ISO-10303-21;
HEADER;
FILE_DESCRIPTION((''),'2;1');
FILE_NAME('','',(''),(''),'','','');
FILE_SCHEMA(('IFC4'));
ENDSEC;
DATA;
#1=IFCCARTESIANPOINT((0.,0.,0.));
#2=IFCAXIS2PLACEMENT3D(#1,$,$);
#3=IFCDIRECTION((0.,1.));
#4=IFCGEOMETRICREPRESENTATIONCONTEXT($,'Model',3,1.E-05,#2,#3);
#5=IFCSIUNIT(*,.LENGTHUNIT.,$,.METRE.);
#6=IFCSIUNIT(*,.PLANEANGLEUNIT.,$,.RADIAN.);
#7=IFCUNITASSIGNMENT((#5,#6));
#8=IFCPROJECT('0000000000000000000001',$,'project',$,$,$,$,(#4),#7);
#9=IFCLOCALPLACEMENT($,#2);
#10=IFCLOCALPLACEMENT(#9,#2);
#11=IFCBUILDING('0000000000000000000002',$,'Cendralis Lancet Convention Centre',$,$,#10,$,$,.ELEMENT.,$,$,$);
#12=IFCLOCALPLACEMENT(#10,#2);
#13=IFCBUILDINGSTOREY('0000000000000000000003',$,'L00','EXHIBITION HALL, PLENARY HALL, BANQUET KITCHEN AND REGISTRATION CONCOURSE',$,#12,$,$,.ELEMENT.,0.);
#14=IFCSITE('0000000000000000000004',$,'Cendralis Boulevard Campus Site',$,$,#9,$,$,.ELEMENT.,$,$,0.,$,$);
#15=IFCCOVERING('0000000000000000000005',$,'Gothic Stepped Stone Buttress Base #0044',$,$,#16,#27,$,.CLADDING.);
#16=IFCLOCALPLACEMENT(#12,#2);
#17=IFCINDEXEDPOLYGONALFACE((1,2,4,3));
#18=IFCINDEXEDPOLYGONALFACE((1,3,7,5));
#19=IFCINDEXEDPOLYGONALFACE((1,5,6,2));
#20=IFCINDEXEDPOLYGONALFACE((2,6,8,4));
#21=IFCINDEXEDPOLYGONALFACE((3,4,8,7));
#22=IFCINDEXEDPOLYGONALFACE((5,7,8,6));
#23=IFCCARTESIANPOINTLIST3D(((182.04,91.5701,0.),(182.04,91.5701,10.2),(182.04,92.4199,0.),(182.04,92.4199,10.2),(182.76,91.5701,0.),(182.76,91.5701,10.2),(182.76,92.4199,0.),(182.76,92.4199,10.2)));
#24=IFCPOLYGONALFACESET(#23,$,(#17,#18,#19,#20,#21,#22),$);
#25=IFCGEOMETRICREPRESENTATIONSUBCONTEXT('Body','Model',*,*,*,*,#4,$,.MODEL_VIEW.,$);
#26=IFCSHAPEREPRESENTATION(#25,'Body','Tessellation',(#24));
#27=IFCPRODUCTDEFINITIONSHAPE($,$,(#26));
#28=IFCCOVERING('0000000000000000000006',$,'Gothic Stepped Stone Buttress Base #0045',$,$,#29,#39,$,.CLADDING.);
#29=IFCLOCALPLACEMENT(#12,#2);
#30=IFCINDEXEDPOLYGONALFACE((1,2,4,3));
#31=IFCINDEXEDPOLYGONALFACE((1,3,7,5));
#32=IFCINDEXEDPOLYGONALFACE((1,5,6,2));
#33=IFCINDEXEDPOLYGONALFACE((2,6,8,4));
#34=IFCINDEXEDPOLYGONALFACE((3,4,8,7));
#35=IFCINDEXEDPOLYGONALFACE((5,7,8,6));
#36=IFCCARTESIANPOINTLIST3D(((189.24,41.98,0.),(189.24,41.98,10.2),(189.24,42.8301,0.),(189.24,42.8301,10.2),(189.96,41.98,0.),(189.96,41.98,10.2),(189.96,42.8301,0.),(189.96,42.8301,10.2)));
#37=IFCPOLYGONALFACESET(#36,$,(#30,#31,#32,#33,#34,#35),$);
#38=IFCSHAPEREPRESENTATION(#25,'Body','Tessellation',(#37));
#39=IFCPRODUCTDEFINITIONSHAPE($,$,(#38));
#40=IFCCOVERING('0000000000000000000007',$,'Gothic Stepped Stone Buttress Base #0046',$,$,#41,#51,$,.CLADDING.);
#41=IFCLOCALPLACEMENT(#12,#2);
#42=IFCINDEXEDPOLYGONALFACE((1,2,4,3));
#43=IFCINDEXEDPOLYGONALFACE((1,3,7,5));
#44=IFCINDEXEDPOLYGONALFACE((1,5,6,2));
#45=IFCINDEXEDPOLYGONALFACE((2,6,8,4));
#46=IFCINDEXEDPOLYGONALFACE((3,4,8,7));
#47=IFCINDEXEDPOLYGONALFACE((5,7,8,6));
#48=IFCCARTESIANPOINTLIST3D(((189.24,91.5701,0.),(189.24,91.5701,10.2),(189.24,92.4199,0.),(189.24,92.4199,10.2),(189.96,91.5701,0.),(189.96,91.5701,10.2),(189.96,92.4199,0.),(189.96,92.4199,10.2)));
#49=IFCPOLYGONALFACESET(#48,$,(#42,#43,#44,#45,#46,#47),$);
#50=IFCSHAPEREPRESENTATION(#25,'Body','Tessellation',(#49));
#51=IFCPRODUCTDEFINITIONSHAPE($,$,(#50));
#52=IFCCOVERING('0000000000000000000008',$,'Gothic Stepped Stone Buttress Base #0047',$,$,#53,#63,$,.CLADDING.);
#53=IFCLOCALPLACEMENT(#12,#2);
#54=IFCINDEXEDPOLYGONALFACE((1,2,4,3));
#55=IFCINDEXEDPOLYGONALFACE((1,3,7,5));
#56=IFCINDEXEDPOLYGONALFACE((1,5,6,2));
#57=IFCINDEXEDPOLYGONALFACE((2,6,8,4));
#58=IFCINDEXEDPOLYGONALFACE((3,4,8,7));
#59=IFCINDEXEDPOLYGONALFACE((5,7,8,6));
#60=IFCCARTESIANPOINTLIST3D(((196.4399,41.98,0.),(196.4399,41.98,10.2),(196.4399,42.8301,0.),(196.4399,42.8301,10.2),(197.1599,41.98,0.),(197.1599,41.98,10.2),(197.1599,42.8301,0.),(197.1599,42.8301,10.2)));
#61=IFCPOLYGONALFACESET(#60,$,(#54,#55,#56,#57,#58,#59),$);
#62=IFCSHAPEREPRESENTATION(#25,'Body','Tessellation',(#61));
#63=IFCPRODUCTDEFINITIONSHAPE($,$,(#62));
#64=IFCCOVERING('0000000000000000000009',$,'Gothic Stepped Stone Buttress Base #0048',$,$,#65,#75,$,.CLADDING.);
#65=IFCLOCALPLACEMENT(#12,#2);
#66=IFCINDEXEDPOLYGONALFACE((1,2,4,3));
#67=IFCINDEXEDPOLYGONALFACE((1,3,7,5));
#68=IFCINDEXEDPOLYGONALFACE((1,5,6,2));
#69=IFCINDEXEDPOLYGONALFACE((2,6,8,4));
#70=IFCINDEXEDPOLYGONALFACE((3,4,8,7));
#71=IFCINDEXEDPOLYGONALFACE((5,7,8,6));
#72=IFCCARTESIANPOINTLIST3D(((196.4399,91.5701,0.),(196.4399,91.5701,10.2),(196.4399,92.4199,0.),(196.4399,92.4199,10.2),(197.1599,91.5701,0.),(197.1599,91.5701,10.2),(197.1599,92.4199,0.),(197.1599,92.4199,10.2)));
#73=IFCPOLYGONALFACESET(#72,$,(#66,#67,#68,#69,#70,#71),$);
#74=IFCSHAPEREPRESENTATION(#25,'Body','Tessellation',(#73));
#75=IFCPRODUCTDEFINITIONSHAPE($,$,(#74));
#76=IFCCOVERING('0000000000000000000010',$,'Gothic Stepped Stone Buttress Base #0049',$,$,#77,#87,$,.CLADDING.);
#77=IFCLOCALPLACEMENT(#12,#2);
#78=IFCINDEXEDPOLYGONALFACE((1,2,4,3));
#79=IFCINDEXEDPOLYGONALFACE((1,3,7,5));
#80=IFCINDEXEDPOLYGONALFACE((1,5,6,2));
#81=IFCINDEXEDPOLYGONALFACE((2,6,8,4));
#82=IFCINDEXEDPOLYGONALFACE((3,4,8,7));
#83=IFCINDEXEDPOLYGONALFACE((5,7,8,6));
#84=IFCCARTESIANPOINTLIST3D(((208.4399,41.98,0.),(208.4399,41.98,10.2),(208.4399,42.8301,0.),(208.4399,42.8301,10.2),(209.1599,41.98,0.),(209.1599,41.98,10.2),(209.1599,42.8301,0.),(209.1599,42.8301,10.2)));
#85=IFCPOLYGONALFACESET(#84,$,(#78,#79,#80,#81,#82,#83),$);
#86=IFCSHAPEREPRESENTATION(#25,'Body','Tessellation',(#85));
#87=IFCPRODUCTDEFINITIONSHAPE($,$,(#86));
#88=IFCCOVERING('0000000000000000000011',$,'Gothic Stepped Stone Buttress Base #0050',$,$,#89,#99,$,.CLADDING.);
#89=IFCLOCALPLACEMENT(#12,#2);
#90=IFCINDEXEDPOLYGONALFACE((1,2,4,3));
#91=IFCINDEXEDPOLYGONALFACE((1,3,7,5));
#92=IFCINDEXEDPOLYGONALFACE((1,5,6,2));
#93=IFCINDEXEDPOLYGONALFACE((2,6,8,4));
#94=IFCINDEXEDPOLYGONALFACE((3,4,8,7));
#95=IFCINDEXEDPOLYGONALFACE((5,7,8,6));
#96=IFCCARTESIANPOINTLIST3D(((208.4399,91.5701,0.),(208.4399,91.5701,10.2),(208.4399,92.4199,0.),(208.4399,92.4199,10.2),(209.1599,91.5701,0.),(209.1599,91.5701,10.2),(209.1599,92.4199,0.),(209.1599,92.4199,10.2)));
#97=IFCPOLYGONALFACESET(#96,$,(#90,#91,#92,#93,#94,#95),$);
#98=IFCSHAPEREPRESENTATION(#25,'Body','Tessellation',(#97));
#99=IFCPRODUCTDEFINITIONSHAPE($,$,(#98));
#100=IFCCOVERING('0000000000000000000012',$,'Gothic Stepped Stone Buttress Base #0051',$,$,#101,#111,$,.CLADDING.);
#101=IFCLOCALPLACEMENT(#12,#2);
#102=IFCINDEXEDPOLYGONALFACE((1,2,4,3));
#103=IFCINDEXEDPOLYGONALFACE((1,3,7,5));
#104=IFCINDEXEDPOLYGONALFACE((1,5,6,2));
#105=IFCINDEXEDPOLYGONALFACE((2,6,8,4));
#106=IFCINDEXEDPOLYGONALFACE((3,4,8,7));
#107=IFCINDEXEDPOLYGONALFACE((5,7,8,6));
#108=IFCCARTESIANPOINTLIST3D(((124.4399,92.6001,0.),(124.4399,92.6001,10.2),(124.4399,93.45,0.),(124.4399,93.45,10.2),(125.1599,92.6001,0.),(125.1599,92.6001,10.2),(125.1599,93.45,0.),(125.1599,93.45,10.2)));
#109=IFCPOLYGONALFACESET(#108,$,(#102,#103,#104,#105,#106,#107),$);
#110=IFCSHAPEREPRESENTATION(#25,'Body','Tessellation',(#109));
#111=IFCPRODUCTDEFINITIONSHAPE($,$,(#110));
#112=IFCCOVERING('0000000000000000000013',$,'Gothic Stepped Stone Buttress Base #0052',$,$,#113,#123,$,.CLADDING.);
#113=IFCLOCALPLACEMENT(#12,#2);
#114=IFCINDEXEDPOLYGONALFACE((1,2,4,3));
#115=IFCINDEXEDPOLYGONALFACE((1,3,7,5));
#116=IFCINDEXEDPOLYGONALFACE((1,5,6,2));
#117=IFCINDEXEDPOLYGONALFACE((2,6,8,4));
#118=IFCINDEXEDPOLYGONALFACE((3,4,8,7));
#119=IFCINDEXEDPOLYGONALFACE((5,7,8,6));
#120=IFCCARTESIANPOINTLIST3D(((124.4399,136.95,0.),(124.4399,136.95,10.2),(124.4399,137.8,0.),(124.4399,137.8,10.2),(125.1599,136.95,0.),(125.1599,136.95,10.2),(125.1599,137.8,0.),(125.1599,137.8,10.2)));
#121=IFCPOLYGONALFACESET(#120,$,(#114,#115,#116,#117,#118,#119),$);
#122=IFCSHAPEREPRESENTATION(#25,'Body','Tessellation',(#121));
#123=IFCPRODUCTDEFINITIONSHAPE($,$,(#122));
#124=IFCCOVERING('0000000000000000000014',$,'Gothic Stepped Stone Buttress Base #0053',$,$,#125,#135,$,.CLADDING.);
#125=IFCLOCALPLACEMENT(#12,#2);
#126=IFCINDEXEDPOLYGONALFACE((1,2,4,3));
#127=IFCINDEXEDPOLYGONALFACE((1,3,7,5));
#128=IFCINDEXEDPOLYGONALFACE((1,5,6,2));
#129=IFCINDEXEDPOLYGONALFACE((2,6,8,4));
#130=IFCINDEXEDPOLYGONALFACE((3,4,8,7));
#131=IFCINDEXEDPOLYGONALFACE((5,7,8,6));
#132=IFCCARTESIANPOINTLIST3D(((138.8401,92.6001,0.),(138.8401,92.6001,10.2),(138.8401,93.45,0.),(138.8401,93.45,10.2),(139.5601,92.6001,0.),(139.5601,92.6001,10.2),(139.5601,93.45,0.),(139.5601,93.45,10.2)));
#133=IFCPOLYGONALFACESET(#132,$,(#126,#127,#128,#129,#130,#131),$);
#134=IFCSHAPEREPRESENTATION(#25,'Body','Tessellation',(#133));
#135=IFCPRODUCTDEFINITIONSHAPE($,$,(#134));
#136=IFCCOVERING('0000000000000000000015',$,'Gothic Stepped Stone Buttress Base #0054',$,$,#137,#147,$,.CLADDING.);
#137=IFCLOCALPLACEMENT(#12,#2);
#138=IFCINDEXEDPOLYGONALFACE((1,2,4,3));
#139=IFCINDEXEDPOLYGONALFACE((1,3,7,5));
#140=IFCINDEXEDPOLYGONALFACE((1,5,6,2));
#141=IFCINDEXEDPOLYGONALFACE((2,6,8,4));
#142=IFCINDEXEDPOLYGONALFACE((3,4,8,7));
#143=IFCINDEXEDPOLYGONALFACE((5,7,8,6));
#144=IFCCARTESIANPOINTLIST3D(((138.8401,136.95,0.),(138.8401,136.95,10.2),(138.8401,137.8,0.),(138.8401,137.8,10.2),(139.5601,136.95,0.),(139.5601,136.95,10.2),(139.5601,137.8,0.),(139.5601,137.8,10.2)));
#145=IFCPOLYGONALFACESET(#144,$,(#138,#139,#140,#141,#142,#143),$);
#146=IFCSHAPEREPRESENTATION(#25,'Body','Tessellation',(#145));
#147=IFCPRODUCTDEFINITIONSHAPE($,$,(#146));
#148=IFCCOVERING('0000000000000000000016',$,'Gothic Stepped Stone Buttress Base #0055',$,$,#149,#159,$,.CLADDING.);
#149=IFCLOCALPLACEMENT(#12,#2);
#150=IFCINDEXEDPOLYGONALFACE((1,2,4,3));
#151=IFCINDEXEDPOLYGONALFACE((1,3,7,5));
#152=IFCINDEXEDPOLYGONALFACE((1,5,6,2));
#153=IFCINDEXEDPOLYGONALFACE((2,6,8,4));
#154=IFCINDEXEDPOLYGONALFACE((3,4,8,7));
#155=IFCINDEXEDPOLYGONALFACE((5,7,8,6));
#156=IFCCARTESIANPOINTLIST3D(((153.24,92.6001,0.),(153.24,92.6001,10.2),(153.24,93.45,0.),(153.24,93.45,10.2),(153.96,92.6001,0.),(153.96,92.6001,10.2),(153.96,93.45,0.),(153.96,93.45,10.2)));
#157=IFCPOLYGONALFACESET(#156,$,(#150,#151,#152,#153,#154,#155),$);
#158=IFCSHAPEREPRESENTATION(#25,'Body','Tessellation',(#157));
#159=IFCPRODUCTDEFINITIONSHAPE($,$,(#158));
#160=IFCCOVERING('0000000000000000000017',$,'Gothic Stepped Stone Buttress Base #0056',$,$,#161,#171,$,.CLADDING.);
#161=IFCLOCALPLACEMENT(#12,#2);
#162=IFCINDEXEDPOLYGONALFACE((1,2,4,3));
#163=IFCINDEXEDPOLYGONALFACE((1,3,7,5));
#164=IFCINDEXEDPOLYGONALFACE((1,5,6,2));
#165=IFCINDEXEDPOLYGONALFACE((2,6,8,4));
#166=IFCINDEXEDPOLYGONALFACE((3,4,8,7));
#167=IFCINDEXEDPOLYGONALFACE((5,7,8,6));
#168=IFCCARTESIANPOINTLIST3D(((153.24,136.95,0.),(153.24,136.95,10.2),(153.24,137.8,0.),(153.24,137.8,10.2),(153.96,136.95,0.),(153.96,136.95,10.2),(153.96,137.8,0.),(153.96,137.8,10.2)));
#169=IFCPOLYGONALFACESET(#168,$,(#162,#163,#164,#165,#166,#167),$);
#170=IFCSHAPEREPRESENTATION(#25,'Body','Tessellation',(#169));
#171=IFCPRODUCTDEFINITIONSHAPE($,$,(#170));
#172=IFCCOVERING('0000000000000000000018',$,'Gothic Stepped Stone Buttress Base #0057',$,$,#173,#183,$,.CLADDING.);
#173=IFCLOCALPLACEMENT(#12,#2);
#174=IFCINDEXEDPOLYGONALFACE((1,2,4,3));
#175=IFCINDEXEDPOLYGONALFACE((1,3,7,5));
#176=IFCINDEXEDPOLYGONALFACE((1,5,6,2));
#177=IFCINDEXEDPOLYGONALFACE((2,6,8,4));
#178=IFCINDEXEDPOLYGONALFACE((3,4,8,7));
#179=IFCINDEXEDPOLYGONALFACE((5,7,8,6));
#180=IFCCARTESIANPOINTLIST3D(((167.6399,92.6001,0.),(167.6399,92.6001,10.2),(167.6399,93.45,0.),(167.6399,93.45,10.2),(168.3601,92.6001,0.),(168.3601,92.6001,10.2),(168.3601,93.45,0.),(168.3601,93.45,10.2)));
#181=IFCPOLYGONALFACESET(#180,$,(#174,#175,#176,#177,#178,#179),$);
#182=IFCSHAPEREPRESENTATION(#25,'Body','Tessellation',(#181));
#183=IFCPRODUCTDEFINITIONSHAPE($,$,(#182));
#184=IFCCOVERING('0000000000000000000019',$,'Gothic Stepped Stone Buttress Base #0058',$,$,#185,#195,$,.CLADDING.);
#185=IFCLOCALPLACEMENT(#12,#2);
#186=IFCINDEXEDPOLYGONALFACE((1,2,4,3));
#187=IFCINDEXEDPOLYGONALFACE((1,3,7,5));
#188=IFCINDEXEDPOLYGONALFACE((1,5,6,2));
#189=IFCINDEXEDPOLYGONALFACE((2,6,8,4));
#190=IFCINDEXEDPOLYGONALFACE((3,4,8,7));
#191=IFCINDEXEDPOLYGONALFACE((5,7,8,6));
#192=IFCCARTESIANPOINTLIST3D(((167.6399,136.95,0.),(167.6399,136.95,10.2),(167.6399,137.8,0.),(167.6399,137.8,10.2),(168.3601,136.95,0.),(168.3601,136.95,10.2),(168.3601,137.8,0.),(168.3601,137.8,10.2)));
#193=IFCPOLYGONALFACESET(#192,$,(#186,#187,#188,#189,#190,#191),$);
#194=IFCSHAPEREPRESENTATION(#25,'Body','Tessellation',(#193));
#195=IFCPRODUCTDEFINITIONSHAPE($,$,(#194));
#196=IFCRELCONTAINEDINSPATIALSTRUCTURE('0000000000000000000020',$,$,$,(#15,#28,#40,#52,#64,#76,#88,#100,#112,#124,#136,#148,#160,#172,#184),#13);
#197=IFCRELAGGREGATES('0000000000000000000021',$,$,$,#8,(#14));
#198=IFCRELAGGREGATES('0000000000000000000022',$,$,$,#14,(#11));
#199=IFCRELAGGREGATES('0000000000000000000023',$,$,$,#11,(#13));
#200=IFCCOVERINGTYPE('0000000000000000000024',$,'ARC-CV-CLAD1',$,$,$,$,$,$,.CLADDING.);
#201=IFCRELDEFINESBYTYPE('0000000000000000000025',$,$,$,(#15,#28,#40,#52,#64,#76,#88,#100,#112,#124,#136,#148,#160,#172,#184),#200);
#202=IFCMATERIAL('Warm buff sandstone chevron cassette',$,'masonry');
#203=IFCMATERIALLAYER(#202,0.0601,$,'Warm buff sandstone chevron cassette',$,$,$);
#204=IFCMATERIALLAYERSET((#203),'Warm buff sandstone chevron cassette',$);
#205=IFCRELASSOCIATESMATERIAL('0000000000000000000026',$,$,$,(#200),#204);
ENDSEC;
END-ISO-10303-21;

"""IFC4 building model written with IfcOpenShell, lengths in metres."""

from ifc_helpers import new_model, si_unit, direction, origin, place, context, subcontext, project, spatial, polyline, outline, extrude, material, layer, layer_set, type_object, element, save


model = new_model("IFC4")

# Units and contexts
model_context = context("Model", 3, precision=1e-05, world=origin(), true_north=direction((0.0, 1.0)))
body_context = subcontext(model_context, "Body", "Model", "MODEL_VIEW")
ifc_project = project(units=[si_unit("LENGTHUNIT", "METRE"), si_unit("PLANEANGLEUNIT", "RADIAN")], contexts=[model_context])

# Site, building, storey
site_placement = place(None, origin())
site = spatial("IfcSite", under=ifc_project, at=site_placement, Name="Cendralis Boulevard Campus Site", CompositionType="ELEMENT", RefElevation=0.0)
building_placement = place(site_placement, origin())
building = spatial("IfcBuilding", under=site, at=building_placement, Name="Cendralis Lancet Convention Centre", CompositionType="ELEMENT")
storey_placement = place(building_placement, origin())
storey = spatial("IfcBuildingStorey", under=building, at=storey_placement, Name="L00", Description="EXHIBITION HALL, PLENARY HALL, BANQUET KITCHEN AND REGISTRATION CONCOURSE", CompositionType="ELEMENT", Elevation=0.0)

# Coverings
ifc_material = material(Name="Warm buff sandstone chevron cassette", Category="masonry")
ifc_layer = layer(ifc_material, 0.0601, Name="Warm buff sandstone chevron cassette")
ifc_layer_set = layer_set([ifc_layer], Name="Warm buff sandstone chevron cassette")
covering_type = type_object("IfcCoveringType", Name="ARC-CV-CLAD1", PredefinedType="CLADDING", material=ifc_layer_set)
covering_1_placement = place(storey_placement, origin())
element("IfcCovering", 1, at=covering_1_placement, inside=storey, type_object=covering_type, Name="Gothic Stepped Stone Buttress Base #0044", PredefinedType="CLADDING", context=body_context, shape_type="SweptSolid", body=[
    extrude(outline(polyline([(182.76, 92.4199), (182.04, 92.4199), (182.04, 91.5701), (182.76, 91.5701), (182.76, 92.4199)])), origin(), (0.0, 0.0, 1.0), 10.2),
])
covering_2_placement = place(storey_placement, origin())
element("IfcCovering", 2, at=covering_2_placement, inside=storey, type_object=covering_type, Name="Gothic Stepped Stone Buttress Base #0045", PredefinedType="CLADDING", context=body_context, shape_type="SweptSolid", body=[
    extrude(outline(polyline([(189.24, 41.98), (189.96, 41.98), (189.96, 42.8301), (189.24, 42.8301), (189.24, 41.98)])), origin(), (0.0, 0.0, 1.0), 10.2),
])
covering_3_placement = place(storey_placement, origin())
element("IfcCovering", 3, at=covering_3_placement, inside=storey, type_object=covering_type, Name="Gothic Stepped Stone Buttress Base #0046", PredefinedType="CLADDING", context=body_context, shape_type="SweptSolid", body=[
    extrude(outline(polyline([(189.96, 92.4199), (189.24, 92.4199), (189.24, 91.5701), (189.96, 91.5701), (189.96, 92.4199)])), origin(), (0.0, 0.0, 1.0), 10.2),
])
covering_4_placement = place(storey_placement, origin())
element("IfcCovering", 4, at=covering_4_placement, inside=storey, type_object=covering_type, Name="Gothic Stepped Stone Buttress Base #0047", PredefinedType="CLADDING", context=body_context, shape_type="SweptSolid", body=[
    extrude(outline(polyline([(196.4399, 41.98), (197.1599, 41.98), (197.1599, 42.8301), (196.4399, 42.8301), (196.4399, 41.98)])), origin(), (0.0, 0.0, 1.0), 10.2),
])
covering_5_placement = place(storey_placement, origin())
element("IfcCovering", 5, at=covering_5_placement, inside=storey, type_object=covering_type, Name="Gothic Stepped Stone Buttress Base #0048", PredefinedType="CLADDING", context=body_context, shape_type="SweptSolid", body=[
    extrude(outline(polyline([(197.1599, 92.4199), (196.4399, 92.4199), (196.4399, 91.5701), (197.1599, 91.5701), (197.1599, 92.4199)])), origin(), (0.0, 0.0, 1.0), 10.2),
])
covering_6_placement = place(storey_placement, origin())
element("IfcCovering", 6, at=covering_6_placement, inside=storey, type_object=covering_type, Name="Gothic Stepped Stone Buttress Base #0049", PredefinedType="CLADDING", context=body_context, shape_type="SweptSolid", body=[
    extrude(outline(polyline([(208.4399, 41.98), (209.1599, 41.98), (209.1599, 42.8301), (208.4399, 42.8301), (208.4399, 41.98)])), origin(), (0.0, 0.0, 1.0), 10.2),
])
covering_7_placement = place(storey_placement, origin())
element("IfcCovering", 7, at=covering_7_placement, inside=storey, type_object=covering_type, Name="Gothic Stepped Stone Buttress Base #0050", PredefinedType="CLADDING", context=body_context, shape_type="SweptSolid", body=[
    extrude(outline(polyline([(209.1599, 92.4199), (208.4399, 92.4199), (208.4399, 91.5701), (209.1599, 91.5701), (209.1599, 92.4199)])), origin(), (0.0, 0.0, 1.0), 10.2),
])
covering_8_placement = place(storey_placement, origin())
element("IfcCovering", 8, at=covering_8_placement, inside=storey, type_object=covering_type, Name="Gothic Stepped Stone Buttress Base #0051", PredefinedType="CLADDING", context=body_context, shape_type="SweptSolid", body=[
    extrude(outline(polyline([(124.4399, 92.6001), (125.1599, 92.6001), (125.1599, 93.45), (124.4399, 93.45), (124.4399, 92.6001)])), origin(), (0.0, 0.0, 1.0), 10.2),
])
covering_9_placement = place(storey_placement, origin())
element("IfcCovering", 9, at=covering_9_placement, inside=storey, type_object=covering_type, Name="Gothic Stepped Stone Buttress Base #0052", PredefinedType="CLADDING", context=body_context, shape_type="SweptSolid", body=[
    extrude(outline(polyline([(125.1599, 137.8), (124.4399, 137.8), (124.4399, 136.95), (125.1599, 136.95), (125.1599, 137.8)])), origin(), (0.0, 0.0, 1.0), 10.2),
])
covering_10_placement = place(storey_placement, origin())
element("IfcCovering", 10, at=covering_10_placement, inside=storey, type_object=covering_type, Name="Gothic Stepped Stone Buttress Base #0053", PredefinedType="CLADDING", context=body_context, shape_type="SweptSolid", body=[
    extrude(outline(polyline([(138.8401, 92.6001), (139.5601, 92.6001), (139.5601, 93.45), (138.8401, 93.45), (138.8401, 92.6001)])), origin(), (0.0, 0.0, 1.0), 10.2),
])
covering_11_placement = place(storey_placement, origin())
element("IfcCovering", 11, at=covering_11_placement, inside=storey, type_object=covering_type, Name="Gothic Stepped Stone Buttress Base #0054", PredefinedType="CLADDING", context=body_context, shape_type="SweptSolid", body=[
    extrude(outline(polyline([(139.5601, 137.8), (138.8401, 137.8), (138.8401, 136.95), (139.5601, 136.95), (139.5601, 137.8)])), origin(), (0.0, 0.0, 1.0), 10.2),
])
covering_12_placement = place(storey_placement, origin())
element("IfcCovering", 12, at=covering_12_placement, inside=storey, type_object=covering_type, Name="Gothic Stepped Stone Buttress Base #0055", PredefinedType="CLADDING", context=body_context, shape_type="SweptSolid", body=[
    extrude(outline(polyline([(153.24, 92.6001), (153.96, 92.6001), (153.96, 93.45), (153.24, 93.45), (153.24, 92.6001)])), origin(), (0.0, 0.0, 1.0), 10.2),
])
covering_13_placement = place(storey_placement, origin())
element("IfcCovering", 13, at=covering_13_placement, inside=storey, type_object=covering_type, Name="Gothic Stepped Stone Buttress Base #0056", PredefinedType="CLADDING", context=body_context, shape_type="SweptSolid", body=[
    extrude(outline(polyline([(153.96, 137.8), (153.24, 137.8), (153.24, 136.95), (153.96, 136.95), (153.96, 137.8)])), origin(), (0.0, 0.0, 1.0), 10.2),
])
covering_14_placement = place(storey_placement, origin())
element("IfcCovering", 14, at=covering_14_placement, inside=storey, type_object=covering_type, Name="Gothic Stepped Stone Buttress Base #0057", PredefinedType="CLADDING", context=body_context, shape_type="SweptSolid", body=[
    extrude(outline(polyline([(167.6399, 92.6001), (168.3601, 92.6001), (168.3601, 93.45), (167.6399, 93.45), (167.6399, 92.6001)])), origin(), (0.0, 0.0, 1.0), 10.2),
])
covering_15_placement = place(storey_placement, origin())
element("IfcCovering", 15, at=covering_15_placement, inside=storey, type_object=covering_type, Name="Gothic Stepped Stone Buttress Base #0058", PredefinedType="CLADDING", context=body_context, shape_type="SweptSolid", body=[
    extrude(outline(polyline([(168.3601, 137.8), (167.6399, 137.8), (167.6399, 136.95), (168.3601, 136.95), (168.3601, 137.8)])), origin(), (0.0, 0.0, 1.0), 10.2),
])

save(model, "model.ifc")
